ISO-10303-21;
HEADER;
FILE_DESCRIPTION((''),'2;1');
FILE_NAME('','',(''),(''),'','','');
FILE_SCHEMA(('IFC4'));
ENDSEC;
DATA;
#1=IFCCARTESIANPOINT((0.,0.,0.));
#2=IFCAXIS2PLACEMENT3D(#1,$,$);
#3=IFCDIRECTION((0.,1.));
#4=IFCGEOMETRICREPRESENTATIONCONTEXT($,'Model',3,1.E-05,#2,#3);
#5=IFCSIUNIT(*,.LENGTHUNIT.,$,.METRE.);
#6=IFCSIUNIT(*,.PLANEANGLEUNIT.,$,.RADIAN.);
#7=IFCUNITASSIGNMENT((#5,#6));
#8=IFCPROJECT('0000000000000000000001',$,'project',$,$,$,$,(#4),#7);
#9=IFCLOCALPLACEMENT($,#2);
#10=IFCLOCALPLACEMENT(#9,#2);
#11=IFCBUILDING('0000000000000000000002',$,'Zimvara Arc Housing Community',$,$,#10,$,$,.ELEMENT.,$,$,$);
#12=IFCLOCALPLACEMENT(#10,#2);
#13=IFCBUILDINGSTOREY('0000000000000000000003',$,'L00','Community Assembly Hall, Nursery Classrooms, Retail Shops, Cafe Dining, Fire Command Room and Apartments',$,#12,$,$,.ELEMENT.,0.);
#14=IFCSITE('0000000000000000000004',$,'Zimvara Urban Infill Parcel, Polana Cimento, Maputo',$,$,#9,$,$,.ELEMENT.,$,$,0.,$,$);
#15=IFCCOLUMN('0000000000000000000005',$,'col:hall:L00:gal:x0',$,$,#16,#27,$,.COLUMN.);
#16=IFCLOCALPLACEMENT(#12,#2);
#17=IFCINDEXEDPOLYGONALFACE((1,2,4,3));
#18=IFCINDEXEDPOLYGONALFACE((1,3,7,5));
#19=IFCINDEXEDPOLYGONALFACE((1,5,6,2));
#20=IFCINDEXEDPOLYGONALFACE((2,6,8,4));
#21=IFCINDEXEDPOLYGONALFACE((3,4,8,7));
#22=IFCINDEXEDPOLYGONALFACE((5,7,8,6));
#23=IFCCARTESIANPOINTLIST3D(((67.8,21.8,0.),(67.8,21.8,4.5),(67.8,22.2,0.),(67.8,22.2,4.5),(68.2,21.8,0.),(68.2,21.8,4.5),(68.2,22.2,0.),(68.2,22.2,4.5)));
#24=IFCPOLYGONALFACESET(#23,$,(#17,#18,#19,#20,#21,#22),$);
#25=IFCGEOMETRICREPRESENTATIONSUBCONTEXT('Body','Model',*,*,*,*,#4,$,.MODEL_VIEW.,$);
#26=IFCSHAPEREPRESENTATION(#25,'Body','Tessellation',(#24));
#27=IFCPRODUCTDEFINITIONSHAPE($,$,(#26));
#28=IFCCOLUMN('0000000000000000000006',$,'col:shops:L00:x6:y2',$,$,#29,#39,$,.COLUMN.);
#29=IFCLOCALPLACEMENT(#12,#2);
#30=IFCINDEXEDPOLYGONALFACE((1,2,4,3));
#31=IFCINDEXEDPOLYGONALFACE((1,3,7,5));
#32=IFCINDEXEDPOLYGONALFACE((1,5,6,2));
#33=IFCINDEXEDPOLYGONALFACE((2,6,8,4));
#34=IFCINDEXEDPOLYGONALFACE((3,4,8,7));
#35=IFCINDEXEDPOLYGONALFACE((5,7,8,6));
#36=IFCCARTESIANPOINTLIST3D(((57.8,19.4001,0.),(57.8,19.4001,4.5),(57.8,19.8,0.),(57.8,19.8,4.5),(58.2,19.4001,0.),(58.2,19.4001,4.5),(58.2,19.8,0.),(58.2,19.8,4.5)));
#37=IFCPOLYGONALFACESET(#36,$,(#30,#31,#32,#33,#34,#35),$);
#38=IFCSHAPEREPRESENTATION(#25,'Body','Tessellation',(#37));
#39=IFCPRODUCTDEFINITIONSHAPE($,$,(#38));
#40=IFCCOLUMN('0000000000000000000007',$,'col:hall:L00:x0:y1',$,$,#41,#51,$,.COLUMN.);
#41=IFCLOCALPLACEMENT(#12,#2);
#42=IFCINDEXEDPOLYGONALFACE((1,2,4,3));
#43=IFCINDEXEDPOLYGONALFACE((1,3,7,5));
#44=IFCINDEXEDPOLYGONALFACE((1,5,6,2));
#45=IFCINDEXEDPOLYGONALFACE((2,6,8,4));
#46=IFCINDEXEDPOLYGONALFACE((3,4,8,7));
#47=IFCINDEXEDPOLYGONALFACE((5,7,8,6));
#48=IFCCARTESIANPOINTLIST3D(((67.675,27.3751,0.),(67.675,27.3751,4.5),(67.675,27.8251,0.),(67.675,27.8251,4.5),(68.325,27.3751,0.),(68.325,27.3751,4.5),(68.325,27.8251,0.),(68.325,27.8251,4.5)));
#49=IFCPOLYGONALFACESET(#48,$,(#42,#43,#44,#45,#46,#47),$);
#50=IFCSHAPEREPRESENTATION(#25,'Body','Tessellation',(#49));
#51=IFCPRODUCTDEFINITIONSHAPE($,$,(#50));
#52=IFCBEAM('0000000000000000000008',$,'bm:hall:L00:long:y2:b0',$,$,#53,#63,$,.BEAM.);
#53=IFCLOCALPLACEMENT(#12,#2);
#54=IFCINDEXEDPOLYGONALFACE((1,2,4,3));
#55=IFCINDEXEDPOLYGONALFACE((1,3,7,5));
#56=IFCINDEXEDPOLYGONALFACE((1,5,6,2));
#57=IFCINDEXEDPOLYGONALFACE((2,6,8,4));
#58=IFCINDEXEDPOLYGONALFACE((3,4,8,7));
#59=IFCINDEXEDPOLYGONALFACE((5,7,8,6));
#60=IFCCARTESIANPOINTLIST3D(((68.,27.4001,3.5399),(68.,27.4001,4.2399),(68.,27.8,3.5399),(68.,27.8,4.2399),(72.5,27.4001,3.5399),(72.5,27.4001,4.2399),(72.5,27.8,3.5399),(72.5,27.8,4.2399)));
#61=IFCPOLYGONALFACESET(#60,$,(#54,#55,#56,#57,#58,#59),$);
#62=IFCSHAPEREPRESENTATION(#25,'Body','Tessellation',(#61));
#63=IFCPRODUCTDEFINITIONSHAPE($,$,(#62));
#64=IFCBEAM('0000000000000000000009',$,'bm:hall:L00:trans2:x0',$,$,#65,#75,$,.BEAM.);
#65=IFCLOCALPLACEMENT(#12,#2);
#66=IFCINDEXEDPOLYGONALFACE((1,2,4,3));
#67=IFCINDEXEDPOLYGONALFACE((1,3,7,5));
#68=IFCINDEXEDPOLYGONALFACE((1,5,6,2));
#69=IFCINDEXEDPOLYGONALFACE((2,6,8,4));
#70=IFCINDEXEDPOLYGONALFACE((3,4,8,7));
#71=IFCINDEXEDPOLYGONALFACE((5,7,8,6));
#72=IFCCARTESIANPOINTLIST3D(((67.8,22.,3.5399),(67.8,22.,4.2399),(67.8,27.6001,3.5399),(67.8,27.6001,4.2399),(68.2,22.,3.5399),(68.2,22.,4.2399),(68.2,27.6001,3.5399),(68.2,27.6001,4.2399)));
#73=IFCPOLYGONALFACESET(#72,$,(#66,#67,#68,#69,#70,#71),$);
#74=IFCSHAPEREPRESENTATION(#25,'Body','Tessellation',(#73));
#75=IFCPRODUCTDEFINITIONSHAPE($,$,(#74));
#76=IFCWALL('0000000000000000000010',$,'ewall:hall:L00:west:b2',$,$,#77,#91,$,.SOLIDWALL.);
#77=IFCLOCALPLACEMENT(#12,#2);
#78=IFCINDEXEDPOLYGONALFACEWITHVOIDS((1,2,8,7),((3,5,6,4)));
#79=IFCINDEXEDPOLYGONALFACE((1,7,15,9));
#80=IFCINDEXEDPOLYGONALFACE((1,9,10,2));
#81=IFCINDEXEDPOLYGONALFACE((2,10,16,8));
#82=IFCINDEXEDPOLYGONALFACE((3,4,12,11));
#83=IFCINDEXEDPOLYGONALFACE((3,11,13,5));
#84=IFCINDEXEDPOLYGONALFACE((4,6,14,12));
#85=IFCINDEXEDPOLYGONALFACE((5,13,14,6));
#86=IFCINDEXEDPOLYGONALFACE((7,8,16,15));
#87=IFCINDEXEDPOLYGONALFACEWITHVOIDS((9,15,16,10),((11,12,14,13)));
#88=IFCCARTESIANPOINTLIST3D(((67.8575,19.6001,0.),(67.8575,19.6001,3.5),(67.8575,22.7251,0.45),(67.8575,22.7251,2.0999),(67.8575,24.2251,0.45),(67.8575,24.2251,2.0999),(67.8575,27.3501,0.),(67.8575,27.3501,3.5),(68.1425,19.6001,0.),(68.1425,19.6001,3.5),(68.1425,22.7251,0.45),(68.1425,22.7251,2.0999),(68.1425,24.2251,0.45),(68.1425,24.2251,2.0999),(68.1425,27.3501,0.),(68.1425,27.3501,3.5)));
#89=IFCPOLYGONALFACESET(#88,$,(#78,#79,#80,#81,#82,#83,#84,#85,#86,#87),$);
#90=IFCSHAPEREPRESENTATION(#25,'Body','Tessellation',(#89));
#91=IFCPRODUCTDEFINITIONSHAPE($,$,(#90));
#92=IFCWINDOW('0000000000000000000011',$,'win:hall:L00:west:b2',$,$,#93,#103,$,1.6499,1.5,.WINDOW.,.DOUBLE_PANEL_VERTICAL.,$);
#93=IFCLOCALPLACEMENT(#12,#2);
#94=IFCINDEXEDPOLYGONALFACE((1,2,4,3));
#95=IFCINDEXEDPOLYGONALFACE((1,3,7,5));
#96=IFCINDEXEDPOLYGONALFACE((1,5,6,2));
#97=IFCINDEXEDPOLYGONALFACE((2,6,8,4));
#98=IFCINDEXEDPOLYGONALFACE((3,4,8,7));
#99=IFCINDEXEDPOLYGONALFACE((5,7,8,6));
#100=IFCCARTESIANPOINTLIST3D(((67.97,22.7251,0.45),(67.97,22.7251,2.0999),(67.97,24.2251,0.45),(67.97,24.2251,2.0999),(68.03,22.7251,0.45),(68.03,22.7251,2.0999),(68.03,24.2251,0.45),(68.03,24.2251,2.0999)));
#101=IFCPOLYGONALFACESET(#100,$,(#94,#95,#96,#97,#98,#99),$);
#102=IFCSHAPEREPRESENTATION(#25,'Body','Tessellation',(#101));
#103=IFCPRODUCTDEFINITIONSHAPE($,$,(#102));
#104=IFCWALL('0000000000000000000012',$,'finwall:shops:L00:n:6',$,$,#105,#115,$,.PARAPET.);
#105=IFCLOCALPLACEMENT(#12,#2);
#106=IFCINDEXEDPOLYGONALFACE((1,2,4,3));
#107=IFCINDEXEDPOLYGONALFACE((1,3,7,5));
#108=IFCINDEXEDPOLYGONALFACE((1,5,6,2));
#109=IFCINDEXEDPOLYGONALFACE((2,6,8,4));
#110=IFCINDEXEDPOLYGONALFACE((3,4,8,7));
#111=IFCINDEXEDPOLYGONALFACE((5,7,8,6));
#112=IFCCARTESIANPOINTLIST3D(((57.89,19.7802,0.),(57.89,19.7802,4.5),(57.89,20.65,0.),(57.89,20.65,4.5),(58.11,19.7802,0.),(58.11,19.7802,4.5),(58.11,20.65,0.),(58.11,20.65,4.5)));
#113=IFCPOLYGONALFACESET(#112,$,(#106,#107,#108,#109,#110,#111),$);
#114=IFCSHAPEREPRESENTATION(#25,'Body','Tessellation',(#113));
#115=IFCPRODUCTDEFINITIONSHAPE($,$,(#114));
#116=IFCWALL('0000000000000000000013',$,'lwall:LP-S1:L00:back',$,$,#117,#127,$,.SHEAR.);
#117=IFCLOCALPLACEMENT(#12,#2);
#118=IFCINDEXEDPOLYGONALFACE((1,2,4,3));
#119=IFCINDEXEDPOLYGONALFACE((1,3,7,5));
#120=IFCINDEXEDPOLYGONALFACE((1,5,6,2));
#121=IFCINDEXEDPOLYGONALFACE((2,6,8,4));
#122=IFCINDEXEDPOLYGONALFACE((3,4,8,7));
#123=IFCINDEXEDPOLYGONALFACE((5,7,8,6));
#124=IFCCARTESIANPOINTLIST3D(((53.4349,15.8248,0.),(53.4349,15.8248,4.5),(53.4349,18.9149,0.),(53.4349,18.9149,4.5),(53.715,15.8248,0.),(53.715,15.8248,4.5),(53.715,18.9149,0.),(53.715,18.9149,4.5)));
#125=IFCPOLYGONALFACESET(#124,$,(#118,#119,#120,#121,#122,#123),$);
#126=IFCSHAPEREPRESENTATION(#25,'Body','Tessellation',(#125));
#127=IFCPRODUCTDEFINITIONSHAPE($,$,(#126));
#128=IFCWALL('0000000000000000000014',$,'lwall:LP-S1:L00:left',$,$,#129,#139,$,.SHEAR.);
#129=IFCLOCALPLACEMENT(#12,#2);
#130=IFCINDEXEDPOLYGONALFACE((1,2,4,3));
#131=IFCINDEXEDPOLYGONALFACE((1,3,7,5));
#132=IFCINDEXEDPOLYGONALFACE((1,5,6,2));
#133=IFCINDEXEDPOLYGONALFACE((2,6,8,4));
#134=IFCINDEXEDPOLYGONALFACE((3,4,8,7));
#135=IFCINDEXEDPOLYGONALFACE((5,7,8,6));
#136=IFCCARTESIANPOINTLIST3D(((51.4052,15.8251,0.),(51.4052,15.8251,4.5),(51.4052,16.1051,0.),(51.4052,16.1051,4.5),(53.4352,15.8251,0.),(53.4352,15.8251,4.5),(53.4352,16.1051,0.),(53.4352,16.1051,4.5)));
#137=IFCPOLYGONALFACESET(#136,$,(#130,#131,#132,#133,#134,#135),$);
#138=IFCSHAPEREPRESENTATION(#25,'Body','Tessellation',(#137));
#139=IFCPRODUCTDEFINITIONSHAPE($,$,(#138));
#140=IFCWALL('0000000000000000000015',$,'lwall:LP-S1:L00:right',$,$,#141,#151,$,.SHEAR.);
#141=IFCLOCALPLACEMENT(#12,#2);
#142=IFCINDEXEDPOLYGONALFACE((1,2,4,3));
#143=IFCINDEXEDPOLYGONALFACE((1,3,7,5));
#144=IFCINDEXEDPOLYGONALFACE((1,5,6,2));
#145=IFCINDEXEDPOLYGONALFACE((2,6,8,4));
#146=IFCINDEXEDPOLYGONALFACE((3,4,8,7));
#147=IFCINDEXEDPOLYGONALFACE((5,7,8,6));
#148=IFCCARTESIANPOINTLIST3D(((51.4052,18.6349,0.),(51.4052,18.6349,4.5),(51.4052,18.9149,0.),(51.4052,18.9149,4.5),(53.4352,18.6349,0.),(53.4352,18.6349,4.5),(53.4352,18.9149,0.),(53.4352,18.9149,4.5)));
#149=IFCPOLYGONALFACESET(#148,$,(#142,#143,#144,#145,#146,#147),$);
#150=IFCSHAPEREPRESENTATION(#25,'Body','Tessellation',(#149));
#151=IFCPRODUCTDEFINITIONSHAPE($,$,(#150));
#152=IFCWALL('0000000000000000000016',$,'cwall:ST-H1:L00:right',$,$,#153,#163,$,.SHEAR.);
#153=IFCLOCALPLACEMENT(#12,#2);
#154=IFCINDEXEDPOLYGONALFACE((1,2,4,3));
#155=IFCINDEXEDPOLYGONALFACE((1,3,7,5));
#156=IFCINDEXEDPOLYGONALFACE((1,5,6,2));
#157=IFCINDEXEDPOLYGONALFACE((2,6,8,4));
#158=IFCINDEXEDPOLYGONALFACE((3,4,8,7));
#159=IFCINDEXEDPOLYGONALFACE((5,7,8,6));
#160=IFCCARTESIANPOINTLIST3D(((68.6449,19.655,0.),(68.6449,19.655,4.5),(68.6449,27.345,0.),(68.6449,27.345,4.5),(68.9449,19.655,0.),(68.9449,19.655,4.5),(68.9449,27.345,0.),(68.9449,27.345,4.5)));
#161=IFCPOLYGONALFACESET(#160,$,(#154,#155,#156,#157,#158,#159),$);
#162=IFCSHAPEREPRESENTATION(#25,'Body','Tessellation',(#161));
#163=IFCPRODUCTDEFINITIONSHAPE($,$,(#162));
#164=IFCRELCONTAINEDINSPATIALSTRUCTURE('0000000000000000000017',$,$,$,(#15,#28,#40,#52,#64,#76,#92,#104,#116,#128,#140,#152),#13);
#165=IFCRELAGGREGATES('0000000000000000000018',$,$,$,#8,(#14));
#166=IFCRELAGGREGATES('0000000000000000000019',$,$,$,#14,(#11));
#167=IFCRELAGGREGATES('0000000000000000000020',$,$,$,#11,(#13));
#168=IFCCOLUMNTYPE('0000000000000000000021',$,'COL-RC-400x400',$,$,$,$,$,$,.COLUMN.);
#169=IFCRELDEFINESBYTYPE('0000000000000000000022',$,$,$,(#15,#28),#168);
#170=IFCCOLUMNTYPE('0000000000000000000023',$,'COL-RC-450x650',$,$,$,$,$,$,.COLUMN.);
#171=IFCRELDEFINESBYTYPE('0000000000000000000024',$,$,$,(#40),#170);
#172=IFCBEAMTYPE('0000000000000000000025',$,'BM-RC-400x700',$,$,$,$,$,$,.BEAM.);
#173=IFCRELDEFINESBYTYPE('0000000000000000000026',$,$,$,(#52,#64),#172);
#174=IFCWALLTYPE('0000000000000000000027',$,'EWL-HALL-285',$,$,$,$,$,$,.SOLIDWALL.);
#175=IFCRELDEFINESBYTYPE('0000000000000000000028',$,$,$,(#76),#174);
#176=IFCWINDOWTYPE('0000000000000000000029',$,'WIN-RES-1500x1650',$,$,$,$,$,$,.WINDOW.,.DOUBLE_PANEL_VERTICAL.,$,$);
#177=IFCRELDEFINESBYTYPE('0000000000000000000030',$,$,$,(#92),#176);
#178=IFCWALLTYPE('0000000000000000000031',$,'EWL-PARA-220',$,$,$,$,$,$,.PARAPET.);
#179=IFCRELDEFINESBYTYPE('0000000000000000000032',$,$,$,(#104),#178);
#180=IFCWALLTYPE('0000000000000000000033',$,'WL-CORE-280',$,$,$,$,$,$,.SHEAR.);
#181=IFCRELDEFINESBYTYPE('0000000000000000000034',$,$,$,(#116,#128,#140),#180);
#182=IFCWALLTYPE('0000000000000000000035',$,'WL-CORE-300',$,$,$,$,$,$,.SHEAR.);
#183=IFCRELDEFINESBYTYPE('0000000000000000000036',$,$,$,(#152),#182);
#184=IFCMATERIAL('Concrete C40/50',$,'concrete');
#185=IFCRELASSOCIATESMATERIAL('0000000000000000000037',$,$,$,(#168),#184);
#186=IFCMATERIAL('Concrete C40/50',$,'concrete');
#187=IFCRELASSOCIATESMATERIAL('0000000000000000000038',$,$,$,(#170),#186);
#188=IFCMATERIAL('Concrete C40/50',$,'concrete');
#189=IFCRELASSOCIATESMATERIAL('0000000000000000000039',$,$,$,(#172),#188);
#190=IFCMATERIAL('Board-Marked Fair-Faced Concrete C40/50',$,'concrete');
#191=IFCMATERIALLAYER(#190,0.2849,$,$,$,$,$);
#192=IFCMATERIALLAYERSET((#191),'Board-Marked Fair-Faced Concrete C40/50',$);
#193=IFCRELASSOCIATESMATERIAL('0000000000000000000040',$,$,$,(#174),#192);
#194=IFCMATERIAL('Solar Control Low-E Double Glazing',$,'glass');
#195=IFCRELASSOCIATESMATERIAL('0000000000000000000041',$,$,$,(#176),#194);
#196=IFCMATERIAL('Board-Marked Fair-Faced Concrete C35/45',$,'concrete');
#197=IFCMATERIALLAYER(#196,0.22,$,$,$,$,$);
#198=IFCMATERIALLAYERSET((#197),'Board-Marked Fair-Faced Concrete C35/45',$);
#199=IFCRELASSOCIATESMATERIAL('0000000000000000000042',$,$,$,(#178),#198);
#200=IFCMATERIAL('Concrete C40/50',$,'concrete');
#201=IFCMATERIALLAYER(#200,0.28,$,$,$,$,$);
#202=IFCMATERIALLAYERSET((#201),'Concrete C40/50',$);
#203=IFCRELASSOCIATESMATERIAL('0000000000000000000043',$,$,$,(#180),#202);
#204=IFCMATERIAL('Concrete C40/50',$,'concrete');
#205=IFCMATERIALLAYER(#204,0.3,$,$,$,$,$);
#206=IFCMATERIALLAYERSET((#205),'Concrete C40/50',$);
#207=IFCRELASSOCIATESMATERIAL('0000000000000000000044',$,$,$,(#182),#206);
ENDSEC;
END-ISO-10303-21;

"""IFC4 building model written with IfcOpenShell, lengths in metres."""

from ifc_helpers import new_model, si_unit, direction, frame, frame_2d, origin, origin_2d, place, context, subcontext, project, spatial, rectangle, extrude, material, layer, layer_set, material_profile, profile_set, type_object, element, fill, save


model = new_model("IFC4")

# Units and contexts
model_context = context("Model", 3, precision=1e-05, world=origin(), true_north=direction((0.0, 1.0)))
body_context = subcontext(model_context, "Body", "Model", "MODEL_VIEW")
ifc_project = project(units=[si_unit("LENGTHUNIT", "METRE"), si_unit("PLANEANGLEUNIT", "RADIAN")], contexts=[model_context])

# Site, building, storey
site_placement = place(None, origin())
site = spatial("IfcSite", under=ifc_project, at=site_placement, Name="Zimvara Urban Infill Parcel, Polana Cimento, Maputo", CompositionType="ELEMENT", RefElevation=0.0)
building_placement = place(site_placement, origin())
building = spatial("IfcBuilding", under=site, at=building_placement, Name="Zimvara Arc Housing Community", CompositionType="ELEMENT")
storey_placement = place(building_placement, origin())
storey = spatial("IfcBuildingStorey", under=building, at=storey_placement, Name="L00", Description="Community Assembly Hall, Nursery Classrooms, Retail Shops, Cafe Dining, Fire Command Room and Apartments", CompositionType="ELEMENT", Elevation=0.0)

# Columns
ifc_material_1 = material(Name="Concrete C40/50", Category="concrete")
ifc_material_profile_1 = material_profile(ifc_material_1, rectangle(XDim=0.3999, YDim=0.3999, at=origin_2d()), Name="RC 400x400")
ifc_profile_set_1 = profile_set([ifc_material_profile_1], Name="Concrete C40/50")
column_type_1 = type_object("IfcColumnType", Name="COL-RC-400x400", PredefinedType="COLUMN", material=ifc_profile_set_1)
for number, where, z_axis, x_axis, name in (
    (1, (68.0, 22.0, 0.0), (0.0, 0.0, 1.0), (1.0, 0.0, 0.0), "col:hall:L00:gal:x0"),
    (2, (58.0, 19.6001, 0.0), (0.0, 0.0, 1.0), (1.0, 0.0, 0.0), "col:shops:L00:x6:y2"),
):
    element("IfcColumn", number, at=place(storey_placement, frame(where, z_axis=z_axis, x_axis=x_axis)), inside=storey, type_object=column_type_1, Name=name, PredefinedType="COLUMN", context=body_context, shape_type="SweptSolid", body=[
        extrude(rectangle(XDim=0.3999, YDim=0.3999, at=origin_2d()), origin(), (0.0, 0.0, 1.0), 4.5),
    ])
ifc_material_2 = material(Name="Concrete C40/50", Category="concrete")
ifc_material_profile_2 = material_profile(ifc_material_2, rectangle(XDim=0.45, YDim=0.6499, at=origin_2d()), Name="RC 450x650")
ifc_profile_set_2 = profile_set([ifc_material_profile_2], Name="Concrete C40/50")
column_type_2 = type_object("IfcColumnType", Name="COL-RC-450x650", PredefinedType="COLUMN", material=ifc_profile_set_2)
column_placement = place(storey_placement, frame((68.0, 27.6001, 0.0), z_axis=(0.0, 0.0, 1.0), x_axis=(0.0, 1.0, 0.0)))
element("IfcColumn", 3, at=column_placement, inside=storey, type_object=column_type_2, Name="col:hall:L00:x0:y1", PredefinedType="COLUMN", context=body_context, shape_type="SweptSolid", body=[
    extrude(rectangle(XDim=0.45, YDim=0.6499, at=origin_2d()), origin(), (0.0, 0.0, 1.0), 4.5),
])

# Beams
ifc_material_3 = material(Name="Concrete C40/50", Category="concrete")
ifc_material_profile_3 = material_profile(ifc_material_3, rectangle(XDim=0.3999, YDim=0.7, at=origin_2d()), Name="RC 400x700")
ifc_profile_set_3 = profile_set([ifc_material_profile_3], Name="Concrete C40/50")
beam_type = type_object("IfcBeamType", Name="BM-RC-400x700", PredefinedType="BEAM", material=ifc_profile_set_3)
beam_1_placement = place(storey_placement, frame((68.0, 27.6001, 3.8899), z_axis=(1.0, 0.0, 0.0), x_axis=(0.0, 1.0, 0.0)))
element("IfcBeam", 4, at=beam_1_placement, inside=storey, type_object=beam_type, Name="bm:hall:L00:long:y2:b0", PredefinedType="BEAM", context=body_context, shape_type="SweptSolid", body=[
    extrude(rectangle(XDim=0.3999, YDim=0.7, at=origin_2d()), origin(), (0.0, 0.0, 1.0), 4.5),
])
beam_2_placement = place(storey_placement, frame((68.0, 22.0, 3.8899), z_axis=(0.0, 1.0, 0.0), x_axis=(-1.0, 0.0, 0.0)))
element("IfcBeam", 5, at=beam_2_placement, inside=storey, type_object=beam_type, Name="bm:hall:L00:trans2:x0", PredefinedType="BEAM", context=body_context, shape_type="SweptSolid", body=[
    extrude(rectangle(XDim=0.3999, YDim=0.7, at=origin_2d()), origin(), (0.0, 0.0, 1.0), 5.6001),
])

# Wall, opening, window
ifc_material_4 = material(Name="Board-Marked Fair-Faced Concrete C40/50", Category="concrete")
ifc_layer_1 = layer(ifc_material_4, 0.2849)
ifc_layer_set_1 = layer_set([ifc_layer_1], Name="Board-Marked Fair-Faced Concrete C40/50")
wall_type_1 = type_object("IfcWallType", Name="EWL-HALL-285", PredefinedType="SOLIDWALL", material=ifc_layer_set_1)
wall_1_placement = place(storey_placement, frame((68.0, 19.6001, 0.0), z_axis=(0.0, 0.0, 1.0), x_axis=(0.0, 1.0, 0.0)))
wall_1 = element("IfcWall", 6, at=wall_1_placement, inside=storey, type_object=wall_type_1, Name="ewall:hall:L00:west:b2", PredefinedType="SOLIDWALL", context=body_context, shape_type="SweptSolid", body=[
    extrude(rectangle(XDim=7.75, YDim=0.2849, at=frame_2d((3.875, 0.0))), origin(), (0.0, 0.0, 1.0), 3.5),
])
opening_1_placement = place(wall_1_placement, frame((3.125, 0.0, 0.45)))
opening_1 = element("IfcOpeningElement", 7, at=opening_1_placement, cuts=wall_1, PredefinedType="OPENING", context=body_context, shape_type="SweptSolid", body=[
    extrude(rectangle(XDim=1.5, YDim=1.6499, at=frame_2d((0.75, 0.825))), frame((0.0, 0.1523, 0.0), z_axis=(0.0, -1.0, 0.0), x_axis=(1.0, 0.0, 0.0)), (0.0, 0.0, 1.0), 0.3049),
])
ifc_material_5 = material(Name="Solar Control Low-E Double Glazing", Category="glass")
window_type = type_object("IfcWindowType", Name="WIN-RES-1500x1650", PartitioningType="DOUBLE_PANEL_VERTICAL", PredefinedType="WINDOW", material=ifc_material_5)
window_placement = place(opening_1_placement, origin())
window = element("IfcWindow", 8, at=window_placement, inside=storey, type_object=window_type, Name="win:hall:L00:west:b2", OverallHeight=1.6499, OverallWidth=1.5, PartitioningType="DOUBLE_PANEL_VERTICAL", PredefinedType="WINDOW", context=body_context, shape_type="SweptSolid", body=[
    extrude(rectangle(XDim=1.5, YDim=1.6499, at=frame_2d((0.75, 0.825))), frame((0.0, 0.03, 0.0), z_axis=(0.0, -1.0, 0.0), x_axis=(1.0, 0.0, 0.0)), (0.0, 0.0, 1.0), 0.0601),
])
fill(opening_1, window)

# Wall
ifc_material_6 = material(Name="Board-Marked Fair-Faced Concrete C35/45", Category="concrete")
ifc_layer_2 = layer(ifc_material_6, 0.22)
ifc_layer_set_2 = layer_set([ifc_layer_2], Name="Board-Marked Fair-Faced Concrete C35/45")
wall_type_2 = type_object("IfcWallType", Name="EWL-PARA-220", PredefinedType="PARAPET", material=ifc_layer_set_2)
wall_2_placement = place(storey_placement, frame((58.0, 19.78, 0.0), z_axis=(0.0, 0.0, 1.0), x_axis=(0.0, 1.0, 0.0)))
element("IfcWall", 9, at=wall_2_placement, inside=storey, type_object=wall_type_2, Name="finwall:shops:L00:n:6", PredefinedType="PARAPET", context=body_context, shape_type="SweptSolid", body=[
    extrude(rectangle(XDim=0.8699, YDim=0.22, at=frame_2d((0.4351, 0.0))), origin(), (0.0, 0.0, 1.0), 4.5),
])

# Shared definitions
ifc_material_7 = material(Name="Concrete C40/50", Category="concrete")
ifc_layer_3 = layer(ifc_material_7, 0.28)
ifc_layer_set_3 = layer_set([ifc_layer_3], Name="Concrete C40/50")
wall_type_3 = type_object("IfcWallType", Name="WL-CORE-280", PredefinedType="SHEAR", material=ifc_layer_set_3)

# Walls
wall_3_placement = place(storey_placement, frame((53.575, 15.825, 0.0), z_axis=(0.0, 0.0, 1.0), x_axis=(0.0, 1.0, 0.0)))
element("IfcWall", 10, at=wall_3_placement, inside=storey, type_object=wall_type_3, Name="lwall:LP-S1:L00:back", PredefinedType="SHEAR", context=body_context, shape_type="SweptSolid", body=[
    extrude(rectangle(XDim=3.0901, YDim=0.28, at=frame_2d((1.5449, 0.0))), origin(), (0.0, 0.0, 1.0), 4.5),
])
for number, where, z_axis, x_axis, name in (
    (11, (51.405, 15.9651, 0.0), (0.0, 0.0, 1.0), (1.0, 0.0, 0.0), "lwall:LP-S1:L00:left"),
    (12, (51.405, 18.7749, 0.0), (0.0, 0.0, 1.0), (1.0, 0.0, 0.0), "lwall:LP-S1:L00:right"),
):
    element("IfcWall", number, at=place(storey_placement, frame(where, z_axis=z_axis, x_axis=x_axis)), inside=storey, type_object=wall_type_3, Name=name, PredefinedType="SHEAR", context=body_context, shape_type="SweptSolid", body=[
        extrude(rectangle(XDim=2.03, YDim=0.28, at=frame_2d((1.0151, 0.0))), origin(), (0.0, 0.0, 1.0), 4.5),
    ])
ifc_material_8 = material(Name="Concrete C40/50", Category="concrete")
ifc_layer_4 = layer(ifc_material_8, 0.3)
ifc_layer_set_4 = layer_set([ifc_layer_4], Name="Concrete C40/50")
wall_type_4 = type_object("IfcWallType", Name="WL-CORE-300", PredefinedType="SHEAR", material=ifc_layer_set_4)
wall_4_placement = place(storey_placement, frame((68.7949, 19.655, 0.0), z_axis=(0.0, 0.0, 1.0), x_axis=(0.0, 1.0, 0.0)))
element("IfcWall", 13, at=wall_4_placement, inside=storey, type_object=wall_type_4, Name="cwall:ST-H1:L00:right", PredefinedType="SHEAR", context=body_context, shape_type="SweptSolid", body=[
    extrude(rectangle(XDim=7.6899, YDim=0.3, at=frame_2d((3.845, 0.0))), origin(), (0.0, 0.0, 1.0), 4.5),
])

save(model, "model.ifc")
